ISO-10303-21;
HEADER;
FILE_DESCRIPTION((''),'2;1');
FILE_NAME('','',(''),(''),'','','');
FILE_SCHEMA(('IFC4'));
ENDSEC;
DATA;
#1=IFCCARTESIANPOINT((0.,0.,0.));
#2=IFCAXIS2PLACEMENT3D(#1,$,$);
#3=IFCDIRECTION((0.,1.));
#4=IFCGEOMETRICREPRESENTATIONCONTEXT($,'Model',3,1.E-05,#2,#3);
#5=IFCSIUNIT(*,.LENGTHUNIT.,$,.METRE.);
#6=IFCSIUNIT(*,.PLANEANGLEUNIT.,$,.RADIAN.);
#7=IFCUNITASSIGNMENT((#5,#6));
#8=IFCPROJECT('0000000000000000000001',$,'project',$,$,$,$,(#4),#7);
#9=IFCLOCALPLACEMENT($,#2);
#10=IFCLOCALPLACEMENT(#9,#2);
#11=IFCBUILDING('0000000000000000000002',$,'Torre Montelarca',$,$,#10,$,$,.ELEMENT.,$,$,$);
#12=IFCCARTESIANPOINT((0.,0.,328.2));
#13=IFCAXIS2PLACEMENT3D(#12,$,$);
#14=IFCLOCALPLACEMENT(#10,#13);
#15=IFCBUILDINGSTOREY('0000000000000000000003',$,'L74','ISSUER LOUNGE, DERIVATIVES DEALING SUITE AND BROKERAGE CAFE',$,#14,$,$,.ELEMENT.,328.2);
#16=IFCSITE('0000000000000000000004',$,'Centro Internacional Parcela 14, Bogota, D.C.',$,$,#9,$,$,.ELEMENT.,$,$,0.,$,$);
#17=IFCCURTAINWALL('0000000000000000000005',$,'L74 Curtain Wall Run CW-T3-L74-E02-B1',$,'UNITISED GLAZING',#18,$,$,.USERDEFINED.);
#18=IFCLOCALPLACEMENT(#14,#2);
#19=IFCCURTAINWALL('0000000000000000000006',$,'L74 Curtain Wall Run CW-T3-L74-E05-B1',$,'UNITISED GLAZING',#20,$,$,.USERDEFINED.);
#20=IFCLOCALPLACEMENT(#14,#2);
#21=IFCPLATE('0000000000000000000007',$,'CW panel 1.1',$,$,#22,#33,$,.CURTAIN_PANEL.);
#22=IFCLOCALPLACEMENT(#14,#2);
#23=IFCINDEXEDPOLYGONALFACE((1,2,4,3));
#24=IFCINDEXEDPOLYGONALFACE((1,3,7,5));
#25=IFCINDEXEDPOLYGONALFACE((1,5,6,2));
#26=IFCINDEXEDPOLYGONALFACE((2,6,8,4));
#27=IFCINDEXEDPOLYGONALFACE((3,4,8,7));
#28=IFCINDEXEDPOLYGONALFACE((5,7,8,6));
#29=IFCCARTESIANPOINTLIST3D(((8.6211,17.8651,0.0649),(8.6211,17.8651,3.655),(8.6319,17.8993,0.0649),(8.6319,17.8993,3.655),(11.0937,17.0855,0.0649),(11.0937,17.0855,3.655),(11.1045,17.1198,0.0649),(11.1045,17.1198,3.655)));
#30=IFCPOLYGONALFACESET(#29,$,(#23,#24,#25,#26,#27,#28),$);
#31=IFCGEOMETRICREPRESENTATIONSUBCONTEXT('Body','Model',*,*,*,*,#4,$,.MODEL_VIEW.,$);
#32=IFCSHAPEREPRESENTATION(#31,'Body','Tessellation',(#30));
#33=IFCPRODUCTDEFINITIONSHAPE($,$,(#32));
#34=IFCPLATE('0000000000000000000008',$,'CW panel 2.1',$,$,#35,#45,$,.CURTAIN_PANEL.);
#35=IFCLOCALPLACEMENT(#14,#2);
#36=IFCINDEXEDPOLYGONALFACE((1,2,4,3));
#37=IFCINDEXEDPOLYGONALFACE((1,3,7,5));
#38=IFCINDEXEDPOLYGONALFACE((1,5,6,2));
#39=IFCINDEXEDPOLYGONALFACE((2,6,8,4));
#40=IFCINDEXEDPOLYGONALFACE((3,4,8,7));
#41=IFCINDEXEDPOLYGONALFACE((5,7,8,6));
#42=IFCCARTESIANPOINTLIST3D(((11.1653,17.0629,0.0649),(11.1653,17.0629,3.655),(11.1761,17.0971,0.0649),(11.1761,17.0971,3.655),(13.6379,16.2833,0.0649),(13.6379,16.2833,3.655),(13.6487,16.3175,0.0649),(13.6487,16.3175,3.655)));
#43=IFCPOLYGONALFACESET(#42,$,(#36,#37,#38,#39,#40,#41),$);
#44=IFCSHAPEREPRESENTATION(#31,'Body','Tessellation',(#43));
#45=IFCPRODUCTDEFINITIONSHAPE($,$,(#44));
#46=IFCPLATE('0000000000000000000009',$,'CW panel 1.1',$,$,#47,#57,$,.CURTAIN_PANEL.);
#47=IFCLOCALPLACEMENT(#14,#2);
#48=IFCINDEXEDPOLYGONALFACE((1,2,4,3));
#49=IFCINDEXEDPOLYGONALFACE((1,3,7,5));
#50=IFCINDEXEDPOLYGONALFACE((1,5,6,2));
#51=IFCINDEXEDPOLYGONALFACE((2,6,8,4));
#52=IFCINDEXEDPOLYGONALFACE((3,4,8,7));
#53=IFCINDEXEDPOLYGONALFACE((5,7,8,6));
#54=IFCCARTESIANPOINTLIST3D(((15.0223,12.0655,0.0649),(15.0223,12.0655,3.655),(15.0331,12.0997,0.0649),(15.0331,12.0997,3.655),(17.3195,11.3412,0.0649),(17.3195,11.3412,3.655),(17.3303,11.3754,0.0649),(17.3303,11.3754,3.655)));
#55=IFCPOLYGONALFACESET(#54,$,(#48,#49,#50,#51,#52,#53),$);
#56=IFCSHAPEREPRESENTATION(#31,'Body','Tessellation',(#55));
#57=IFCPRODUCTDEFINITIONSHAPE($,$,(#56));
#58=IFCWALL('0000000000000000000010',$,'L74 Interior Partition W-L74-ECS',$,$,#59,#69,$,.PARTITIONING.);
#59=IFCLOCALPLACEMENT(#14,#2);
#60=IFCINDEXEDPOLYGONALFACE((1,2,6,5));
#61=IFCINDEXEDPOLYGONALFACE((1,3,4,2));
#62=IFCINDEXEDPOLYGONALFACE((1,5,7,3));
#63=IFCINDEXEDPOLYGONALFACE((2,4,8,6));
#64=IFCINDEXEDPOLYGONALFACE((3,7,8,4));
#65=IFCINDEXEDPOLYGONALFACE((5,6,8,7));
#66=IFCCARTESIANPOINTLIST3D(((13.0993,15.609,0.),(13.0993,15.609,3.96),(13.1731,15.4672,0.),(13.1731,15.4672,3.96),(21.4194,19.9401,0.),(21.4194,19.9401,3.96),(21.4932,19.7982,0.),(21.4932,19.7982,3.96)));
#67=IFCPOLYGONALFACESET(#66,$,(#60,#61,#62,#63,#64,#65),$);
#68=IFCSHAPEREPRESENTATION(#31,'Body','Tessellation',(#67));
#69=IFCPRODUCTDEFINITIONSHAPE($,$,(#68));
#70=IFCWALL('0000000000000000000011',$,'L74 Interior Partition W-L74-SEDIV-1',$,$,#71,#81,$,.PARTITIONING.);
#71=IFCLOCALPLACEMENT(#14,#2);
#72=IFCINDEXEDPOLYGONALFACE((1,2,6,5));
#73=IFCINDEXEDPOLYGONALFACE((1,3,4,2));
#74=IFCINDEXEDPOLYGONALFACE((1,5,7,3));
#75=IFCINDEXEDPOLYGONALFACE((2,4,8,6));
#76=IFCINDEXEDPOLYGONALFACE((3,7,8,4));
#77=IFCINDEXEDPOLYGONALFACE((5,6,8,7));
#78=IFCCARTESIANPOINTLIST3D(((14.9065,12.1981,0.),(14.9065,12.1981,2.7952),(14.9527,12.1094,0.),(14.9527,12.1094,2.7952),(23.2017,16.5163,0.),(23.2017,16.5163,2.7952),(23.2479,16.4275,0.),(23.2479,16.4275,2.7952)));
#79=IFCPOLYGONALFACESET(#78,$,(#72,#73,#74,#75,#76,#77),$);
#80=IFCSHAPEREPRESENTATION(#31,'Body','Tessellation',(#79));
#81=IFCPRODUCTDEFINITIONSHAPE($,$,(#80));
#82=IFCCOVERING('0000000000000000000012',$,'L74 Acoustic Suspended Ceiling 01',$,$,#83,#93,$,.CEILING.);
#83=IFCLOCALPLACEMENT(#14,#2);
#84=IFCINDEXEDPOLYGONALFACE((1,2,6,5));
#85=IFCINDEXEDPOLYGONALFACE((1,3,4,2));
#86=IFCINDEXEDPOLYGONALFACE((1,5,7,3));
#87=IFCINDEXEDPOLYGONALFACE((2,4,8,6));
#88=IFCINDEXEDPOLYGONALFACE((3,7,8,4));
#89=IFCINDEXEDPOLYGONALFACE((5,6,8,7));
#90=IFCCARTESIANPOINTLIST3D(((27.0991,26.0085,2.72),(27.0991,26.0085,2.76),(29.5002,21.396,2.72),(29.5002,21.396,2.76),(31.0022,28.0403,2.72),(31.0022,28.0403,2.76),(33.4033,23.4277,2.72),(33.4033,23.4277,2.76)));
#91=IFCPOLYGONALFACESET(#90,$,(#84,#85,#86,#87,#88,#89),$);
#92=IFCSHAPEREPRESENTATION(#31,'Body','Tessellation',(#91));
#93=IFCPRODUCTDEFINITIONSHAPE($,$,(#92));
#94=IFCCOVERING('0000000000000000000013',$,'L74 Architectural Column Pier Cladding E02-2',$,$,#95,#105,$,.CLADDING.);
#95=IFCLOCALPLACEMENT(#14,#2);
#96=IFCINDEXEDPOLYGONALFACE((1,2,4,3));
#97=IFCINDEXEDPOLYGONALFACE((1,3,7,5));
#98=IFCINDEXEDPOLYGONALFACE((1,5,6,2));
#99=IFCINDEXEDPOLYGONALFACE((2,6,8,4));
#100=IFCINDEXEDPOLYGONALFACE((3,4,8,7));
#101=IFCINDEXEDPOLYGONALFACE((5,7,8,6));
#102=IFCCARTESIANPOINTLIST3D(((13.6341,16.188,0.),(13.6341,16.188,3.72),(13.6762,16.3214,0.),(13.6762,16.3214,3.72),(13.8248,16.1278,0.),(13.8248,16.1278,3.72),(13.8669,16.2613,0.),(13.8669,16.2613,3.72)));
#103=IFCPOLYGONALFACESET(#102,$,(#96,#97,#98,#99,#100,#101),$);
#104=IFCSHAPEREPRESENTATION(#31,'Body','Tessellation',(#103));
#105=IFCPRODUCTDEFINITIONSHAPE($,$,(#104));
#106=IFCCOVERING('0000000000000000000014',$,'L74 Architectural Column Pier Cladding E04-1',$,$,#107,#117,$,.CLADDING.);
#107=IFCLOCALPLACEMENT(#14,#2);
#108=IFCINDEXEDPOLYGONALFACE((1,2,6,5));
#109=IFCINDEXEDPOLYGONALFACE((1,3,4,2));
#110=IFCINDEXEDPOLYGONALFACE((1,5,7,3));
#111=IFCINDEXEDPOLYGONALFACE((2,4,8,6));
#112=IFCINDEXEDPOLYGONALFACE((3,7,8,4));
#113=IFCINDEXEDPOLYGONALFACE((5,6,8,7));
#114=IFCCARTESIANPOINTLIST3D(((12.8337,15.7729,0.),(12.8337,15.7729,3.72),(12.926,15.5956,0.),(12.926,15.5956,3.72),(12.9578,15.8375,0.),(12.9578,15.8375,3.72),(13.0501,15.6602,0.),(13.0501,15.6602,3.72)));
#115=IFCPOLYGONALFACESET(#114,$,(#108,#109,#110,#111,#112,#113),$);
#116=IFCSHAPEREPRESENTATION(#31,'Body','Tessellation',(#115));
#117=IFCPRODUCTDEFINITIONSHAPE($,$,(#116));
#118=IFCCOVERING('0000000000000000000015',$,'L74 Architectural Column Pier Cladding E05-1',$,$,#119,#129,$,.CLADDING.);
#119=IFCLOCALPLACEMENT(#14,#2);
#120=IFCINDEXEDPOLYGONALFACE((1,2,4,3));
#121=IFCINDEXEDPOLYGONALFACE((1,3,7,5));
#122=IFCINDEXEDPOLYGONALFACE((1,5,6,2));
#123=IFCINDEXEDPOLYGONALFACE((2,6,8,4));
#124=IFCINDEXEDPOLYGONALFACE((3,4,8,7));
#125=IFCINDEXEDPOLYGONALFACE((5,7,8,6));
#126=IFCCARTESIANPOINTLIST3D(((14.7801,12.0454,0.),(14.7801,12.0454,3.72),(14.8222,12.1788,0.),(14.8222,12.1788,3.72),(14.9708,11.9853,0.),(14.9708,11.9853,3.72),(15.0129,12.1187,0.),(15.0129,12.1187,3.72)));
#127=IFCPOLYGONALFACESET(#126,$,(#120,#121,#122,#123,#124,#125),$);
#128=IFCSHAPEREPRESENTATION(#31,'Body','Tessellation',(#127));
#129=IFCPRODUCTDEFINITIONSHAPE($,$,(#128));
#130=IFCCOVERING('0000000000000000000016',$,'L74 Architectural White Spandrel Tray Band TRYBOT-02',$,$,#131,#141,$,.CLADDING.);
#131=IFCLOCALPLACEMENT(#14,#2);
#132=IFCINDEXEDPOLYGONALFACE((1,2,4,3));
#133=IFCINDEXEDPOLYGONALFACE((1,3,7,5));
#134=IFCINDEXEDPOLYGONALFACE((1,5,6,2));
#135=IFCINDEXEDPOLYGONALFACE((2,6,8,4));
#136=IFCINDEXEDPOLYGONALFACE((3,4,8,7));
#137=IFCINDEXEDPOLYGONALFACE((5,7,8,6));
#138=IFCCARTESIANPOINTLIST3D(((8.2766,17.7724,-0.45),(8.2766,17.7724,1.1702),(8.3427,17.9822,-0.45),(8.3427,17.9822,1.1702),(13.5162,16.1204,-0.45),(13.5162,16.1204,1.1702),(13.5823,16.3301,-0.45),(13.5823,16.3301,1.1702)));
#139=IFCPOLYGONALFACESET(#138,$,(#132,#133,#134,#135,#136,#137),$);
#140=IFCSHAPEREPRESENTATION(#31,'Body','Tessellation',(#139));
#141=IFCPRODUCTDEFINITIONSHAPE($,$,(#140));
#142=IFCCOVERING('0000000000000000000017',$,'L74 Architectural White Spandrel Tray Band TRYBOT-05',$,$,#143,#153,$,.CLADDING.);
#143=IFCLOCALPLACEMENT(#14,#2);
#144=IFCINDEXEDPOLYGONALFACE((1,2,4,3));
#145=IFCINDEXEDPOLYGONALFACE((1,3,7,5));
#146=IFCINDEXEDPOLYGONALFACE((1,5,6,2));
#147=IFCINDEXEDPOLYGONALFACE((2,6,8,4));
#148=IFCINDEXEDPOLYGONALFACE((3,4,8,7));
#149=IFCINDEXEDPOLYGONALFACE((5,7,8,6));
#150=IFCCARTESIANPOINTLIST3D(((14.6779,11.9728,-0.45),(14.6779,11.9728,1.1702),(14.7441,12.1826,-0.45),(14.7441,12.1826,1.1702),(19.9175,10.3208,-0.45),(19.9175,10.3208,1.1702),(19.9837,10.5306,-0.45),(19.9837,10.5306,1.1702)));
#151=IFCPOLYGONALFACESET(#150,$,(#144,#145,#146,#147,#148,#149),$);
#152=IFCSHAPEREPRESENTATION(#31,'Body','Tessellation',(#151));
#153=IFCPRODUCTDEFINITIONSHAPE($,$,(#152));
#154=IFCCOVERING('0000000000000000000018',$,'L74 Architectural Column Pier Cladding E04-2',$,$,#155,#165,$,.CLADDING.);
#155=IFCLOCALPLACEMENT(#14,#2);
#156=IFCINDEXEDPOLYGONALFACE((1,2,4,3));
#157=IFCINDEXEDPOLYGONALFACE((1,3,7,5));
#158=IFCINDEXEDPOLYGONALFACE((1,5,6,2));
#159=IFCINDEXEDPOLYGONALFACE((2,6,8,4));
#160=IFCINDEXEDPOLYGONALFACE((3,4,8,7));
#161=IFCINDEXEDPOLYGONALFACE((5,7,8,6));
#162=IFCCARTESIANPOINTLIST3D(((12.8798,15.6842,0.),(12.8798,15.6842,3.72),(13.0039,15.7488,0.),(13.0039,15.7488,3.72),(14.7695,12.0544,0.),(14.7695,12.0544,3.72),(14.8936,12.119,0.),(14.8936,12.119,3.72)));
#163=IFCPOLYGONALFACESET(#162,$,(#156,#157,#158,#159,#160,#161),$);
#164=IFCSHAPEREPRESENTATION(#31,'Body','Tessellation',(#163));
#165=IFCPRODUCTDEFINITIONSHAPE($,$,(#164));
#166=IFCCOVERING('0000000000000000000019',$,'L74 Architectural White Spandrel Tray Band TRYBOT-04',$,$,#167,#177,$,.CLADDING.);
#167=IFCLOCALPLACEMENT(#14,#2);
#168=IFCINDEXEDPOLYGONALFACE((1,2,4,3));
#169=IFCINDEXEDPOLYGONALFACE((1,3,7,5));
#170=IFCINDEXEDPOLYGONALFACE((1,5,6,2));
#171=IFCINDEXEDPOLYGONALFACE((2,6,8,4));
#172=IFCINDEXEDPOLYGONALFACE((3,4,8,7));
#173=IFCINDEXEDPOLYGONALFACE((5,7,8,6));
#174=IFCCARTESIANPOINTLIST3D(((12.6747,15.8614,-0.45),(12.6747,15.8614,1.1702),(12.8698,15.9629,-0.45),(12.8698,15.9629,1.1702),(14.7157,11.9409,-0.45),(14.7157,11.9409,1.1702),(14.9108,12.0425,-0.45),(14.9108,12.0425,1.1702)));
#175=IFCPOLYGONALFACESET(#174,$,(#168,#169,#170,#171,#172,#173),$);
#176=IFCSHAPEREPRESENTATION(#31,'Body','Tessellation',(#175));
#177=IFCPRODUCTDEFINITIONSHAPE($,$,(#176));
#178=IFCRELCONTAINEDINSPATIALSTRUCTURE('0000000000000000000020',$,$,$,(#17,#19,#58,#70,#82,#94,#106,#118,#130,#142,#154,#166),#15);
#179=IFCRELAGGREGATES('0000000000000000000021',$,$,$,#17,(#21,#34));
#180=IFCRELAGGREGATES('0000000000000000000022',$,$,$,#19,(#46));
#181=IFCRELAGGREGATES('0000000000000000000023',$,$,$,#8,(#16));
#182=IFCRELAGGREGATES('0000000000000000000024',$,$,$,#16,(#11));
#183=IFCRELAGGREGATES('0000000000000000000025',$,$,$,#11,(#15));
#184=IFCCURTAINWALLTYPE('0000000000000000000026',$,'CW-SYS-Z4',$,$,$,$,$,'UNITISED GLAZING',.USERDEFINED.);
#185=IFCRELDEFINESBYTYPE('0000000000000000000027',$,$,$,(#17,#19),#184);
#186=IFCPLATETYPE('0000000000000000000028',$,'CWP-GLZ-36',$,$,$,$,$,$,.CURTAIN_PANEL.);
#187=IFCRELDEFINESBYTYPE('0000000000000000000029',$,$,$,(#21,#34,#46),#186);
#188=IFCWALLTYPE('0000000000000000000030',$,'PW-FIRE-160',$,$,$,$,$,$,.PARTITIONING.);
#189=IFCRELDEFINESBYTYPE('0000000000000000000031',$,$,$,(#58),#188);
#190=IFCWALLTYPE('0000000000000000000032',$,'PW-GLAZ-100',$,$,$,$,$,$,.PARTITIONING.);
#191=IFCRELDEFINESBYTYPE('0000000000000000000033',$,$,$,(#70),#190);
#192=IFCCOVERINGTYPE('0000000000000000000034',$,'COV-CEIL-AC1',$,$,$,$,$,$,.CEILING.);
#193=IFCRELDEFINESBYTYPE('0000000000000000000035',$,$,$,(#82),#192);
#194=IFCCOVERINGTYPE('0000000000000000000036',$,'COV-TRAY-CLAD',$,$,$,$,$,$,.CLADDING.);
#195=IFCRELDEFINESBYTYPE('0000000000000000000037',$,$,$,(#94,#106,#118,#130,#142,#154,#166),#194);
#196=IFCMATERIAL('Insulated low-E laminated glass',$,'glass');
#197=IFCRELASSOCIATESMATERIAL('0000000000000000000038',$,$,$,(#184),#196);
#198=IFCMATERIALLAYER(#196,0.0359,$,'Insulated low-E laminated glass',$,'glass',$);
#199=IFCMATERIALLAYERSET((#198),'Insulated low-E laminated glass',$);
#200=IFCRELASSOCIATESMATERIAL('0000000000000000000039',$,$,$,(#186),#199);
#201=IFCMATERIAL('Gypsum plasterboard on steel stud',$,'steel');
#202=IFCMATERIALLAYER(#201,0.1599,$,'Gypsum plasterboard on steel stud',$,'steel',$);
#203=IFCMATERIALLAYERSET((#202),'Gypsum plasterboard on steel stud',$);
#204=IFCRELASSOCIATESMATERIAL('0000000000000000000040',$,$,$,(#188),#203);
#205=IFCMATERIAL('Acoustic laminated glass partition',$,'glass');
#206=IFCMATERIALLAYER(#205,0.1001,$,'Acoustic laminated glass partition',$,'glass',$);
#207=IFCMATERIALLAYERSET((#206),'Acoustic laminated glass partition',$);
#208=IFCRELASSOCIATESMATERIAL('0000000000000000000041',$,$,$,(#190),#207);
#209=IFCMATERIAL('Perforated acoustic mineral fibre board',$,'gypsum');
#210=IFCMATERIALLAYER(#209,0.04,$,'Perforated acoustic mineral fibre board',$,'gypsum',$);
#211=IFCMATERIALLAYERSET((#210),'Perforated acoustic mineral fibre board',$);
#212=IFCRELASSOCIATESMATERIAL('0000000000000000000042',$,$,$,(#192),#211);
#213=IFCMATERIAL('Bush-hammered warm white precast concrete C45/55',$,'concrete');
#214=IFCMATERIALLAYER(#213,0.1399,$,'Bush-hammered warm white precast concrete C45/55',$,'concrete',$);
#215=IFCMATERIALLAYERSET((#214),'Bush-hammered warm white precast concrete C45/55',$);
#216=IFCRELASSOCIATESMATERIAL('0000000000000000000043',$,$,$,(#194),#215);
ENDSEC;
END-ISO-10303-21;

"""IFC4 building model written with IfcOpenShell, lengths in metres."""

from ifc_helpers import new_model, si_unit, direction, frame, frame_2d, origin, origin_2d, place, context, subcontext, project, spatial, polyline, rectangle, outline, extrude, source, transform, mapped, material, layer, layer_set, type_object, element, aggregate, save


model = new_model("IFC4")

# Units and contexts
model_context = context("Model", 3, precision=1e-05, world=origin(), true_north=direction((0.0, 1.0)))
body_context = subcontext(model_context, "Body", "Model", "MODEL_VIEW")
ifc_project = project(units=[si_unit("LENGTHUNIT", "METRE"), si_unit("PLANEANGLEUNIT", "RADIAN")], contexts=[model_context])

# Site, building, storey
site_placement = place(None, origin())
site = spatial("IfcSite", under=ifc_project, at=site_placement, Name="Centro Internacional Parcela 14, Bogota, D.C.", CompositionType="ELEMENT", RefElevation=0.0)
building_placement = place(site_placement, origin())
building = spatial("IfcBuilding", under=site, at=building_placement, Name="Torre Montelarca", CompositionType="ELEMENT")
storey_placement = place(building_placement, frame((0.0, 0.0, 328.2)))
storey = spatial("IfcBuildingStorey", under=building, at=storey_placement, Name="L74", Description="ISSUER LOUNGE, DERIVATIVES DEALING SUITE AND BROKERAGE CAFE", CompositionType="ELEMENT", Elevation=328.2)

# Curtain walls
ifc_material_1 = material(Name="Insulated low-E laminated glass", Category="glass")
curtain_wall_type = type_object("IfcCurtainWallType", Name="CW-SYS-Z4", ElementType="UNITISED GLAZING", PredefinedType="USERDEFINED", material=ifc_material_1)
curtain_wall_1_placement = place(storey_placement, origin())
curtain_wall_1 = element("IfcCurtainWall", 1, at=curtain_wall_1_placement, inside=storey, type_object=curtain_wall_type, Name="L74 Curtain Wall Run CW-T3-L74-E02-B1", ObjectType="UNITISED GLAZING", PredefinedType="USERDEFINED")
curtain_wall_2_placement = place(storey_placement, origin())
curtain_wall_2 = element("IfcCurtainWall", 2, at=curtain_wall_2_placement, inside=storey, type_object=curtain_wall_type, Name="L74 Curtain Wall Run CW-T3-L74-E05-B1", ObjectType="UNITISED GLAZING", PredefinedType="USERDEFINED")

# Plates
ifc_layer_1 = layer(ifc_material_1, 0.0359, Name="Insulated low-E laminated glass", Category="glass")
ifc_layer_set_1 = layer_set([ifc_layer_1], Name="Insulated low-E laminated glass")
plate_type = type_object("IfcPlateType", Name="CWP-GLZ-36", PredefinedType="CURTAIN_PANEL", material=ifc_layer_set_1)
shared_shape_1 = source(origin(), body_context, "Body", "SweptSolid", [
    extrude(rectangle(XDim=2.5925, YDim=0.0359, at=origin_2d()), origin(), (0.0, 0.0, 1.0), 3.5901),
])
plate_1_placement = place(storey_placement, frame((9.8628, 17.4924, 0.0649), z_axis=(0.0, 0.0, 1.0), x_axis=(0.953719, -0.300698, 0.0)))
plate_1 = element("IfcPlate", 3, at=plate_1_placement, type_object=plate_type, Name="CW panel 1.1", PredefinedType="CURTAIN_PANEL", context=body_context, shape_type="MappedRepresentation", body=[
    mapped(shared_shape_1, transform((0.0, 0.0, 0.0), scale=1.0)),
])
plate_2_placement = place(storey_placement, frame((12.407, 16.6902, 0.0649), z_axis=(0.0, 0.0, 1.0), x_axis=(0.953719, -0.300698, 0.0)))
plate_2 = element("IfcPlate", 4, at=plate_2_placement, type_object=plate_type, Name="CW panel 2.1", PredefinedType="CURTAIN_PANEL", context=body_context, shape_type="MappedRepresentation", body=[
    mapped(shared_shape_1, transform((0.0, 0.0, 0.0), scale=1.0)),
])
aggregate(curtain_wall_1, [plate_1, plate_2])
shared_shape_2 = source(origin(), body_context, "Body", "SweptSolid", [
    extrude(rectangle(XDim=2.4087, YDim=0.0359, at=origin_2d()), origin(), (0.0, 0.0, 1.0), 3.5901),
])
plate_3_placement = place(storey_placement, frame((16.1763, 11.7205, 0.0649), z_axis=(0.0, 0.0, 1.0), x_axis=(0.953721, -0.300693, 0.0)))
plate_3 = element("IfcPlate", 5, at=plate_3_placement, type_object=plate_type, Name="CW panel 1.1", PredefinedType="CURTAIN_PANEL", context=body_context, shape_type="MappedRepresentation", body=[
    mapped(shared_shape_2, transform((0.0, 0.0, 0.0), scale=1.0)),
])
aggregate(curtain_wall_2, [plate_3])

# Walls
ifc_material_2 = material(Name="Gypsum plasterboard on steel stud", Category="steel")
ifc_layer_2 = layer(ifc_material_2, 0.1599, Name="Gypsum plasterboard on steel stud", Category="steel")
ifc_layer_set_2 = layer_set([ifc_layer_2], Name="Gypsum plasterboard on steel stud")
wall_type_1 = type_object("IfcWallType", Name="PW-FIRE-160", PredefinedType="PARTITIONING", material=ifc_layer_set_2)
wall_1_placement = place(storey_placement, frame((13.1362, 15.5381, 0.0), z_axis=(0.0, 0.0, 1.0), x_axis=(0.887015, 0.46174, 0.0)))
element("IfcWall", 6, at=wall_1_placement, inside=storey, type_object=wall_type_1, Name="L74 Interior Partition W-L74-ECS", PredefinedType="PARTITIONING", context=body_context, shape_type="SweptSolid", body=[
    extrude(rectangle(XDim=9.3799, YDim=0.1599, at=frame_2d((4.6899, 0.0))), origin(), (0.0, 0.0, 1.0), 3.96),
])
ifc_material_3 = material(Name="Acoustic laminated glass partition", Category="glass")
ifc_layer_3 = layer(ifc_material_3, 0.1001, Name="Acoustic laminated glass partition", Category="glass")
ifc_layer_set_3 = layer_set([ifc_layer_3], Name="Acoustic laminated glass partition")
wall_type_2 = type_object("IfcWallType", Name="PW-GLAZ-100", PredefinedType="PARTITIONING", material=ifc_layer_set_3)
wall_2_placement = place(storey_placement, frame((14.9297, 12.1538, 0.0), z_axis=(0.0, 0.0, 1.0), x_axis=(0.887014, 0.461742, 0.0)))
element("IfcWall", 7, at=wall_2_placement, inside=storey, type_object=wall_type_2, Name="L74 Interior Partition W-L74-SEDIV-1", PredefinedType="PARTITIONING", context=body_context, shape_type="SweptSolid", body=[
    extrude(rectangle(XDim=9.3518, YDim=0.1001, at=frame_2d((4.6758, 0.0))), origin(), (0.0, 0.0, 1.0), 2.7952),
])

# Coverings
ifc_material_4 = material(Name="Perforated acoustic mineral fibre board", Category="gypsum")
ifc_layer_4 = layer(ifc_material_4, 0.04, Name="Perforated acoustic mineral fibre board", Category="gypsum")
ifc_layer_set_4 = layer_set([ifc_layer_4], Name="Perforated acoustic mineral fibre board")
covering_type_1 = type_object("IfcCoveringType", Name="COV-CEIL-AC1", PredefinedType="CEILING", material=ifc_layer_set_4)
covering_1_placement = place(storey_placement, frame((0.0, 0.0, 2.72)))
element("IfcCovering", 8, at=covering_1_placement, inside=storey, type_object=covering_type_1, Name="L74 Acoustic Suspended Ceiling 01", PredefinedType="CEILING", context=body_context, shape_type="SweptSolid", body=[
    extrude(outline(polyline([(27.0991, 26.0085), (29.5002, 21.396), (33.4033, 23.4277), (31.0022, 28.0403), (27.0991, 26.0085)])), origin(), (0.0, 0.0, 1.0), 0.04),
])
ifc_material_5 = material(Name="Bush-hammered warm white precast concrete C45/55", Category="concrete")
ifc_layer_5 = layer(ifc_material_5, 0.1399, Name="Bush-hammered warm white precast concrete C45/55", Category="concrete")
ifc_layer_set_5 = layer_set([ifc_layer_5], Name="Bush-hammered warm white precast concrete C45/55")
covering_type_2 = type_object("IfcCoveringType", Name="COV-TRAY-CLAD", PredefinedType="CLADDING", material=ifc_layer_set_5)
shared_shape_3 = source(origin(), body_context, "Body", "SweptSolid", [
    extrude(rectangle(XDim=0.2, YDim=0.1399, at=origin_2d()), origin(), (0.0, 0.0, 1.0), 3.72),
])
for number, where, z_axis, x_axis, name in (
    (9, (13.7505, 16.2246, 0.0), (0.0, 0.0, 1.0), (0.953717, -0.300704, 0.0), "L74 Architectural Column Pier Cladding E02-2"),
    (10, (12.9419, 15.7166, 0.0), (0.0, 0.0, 1.0), (0.461776, -0.886996, 0.0), "L74 Architectural Column Pier Cladding E04-1"),
    (11, (14.8965, 12.082, 0.0), (0.0, 0.0, 1.0), (0.953719, -0.300701, 0.0), "L74 Architectural Column Pier Cladding E05-1"),
):
    element("IfcCovering", number, at=place(storey_placement, frame(where, z_axis=z_axis, x_axis=x_axis)), inside=storey, type_object=covering_type_2, Name=name, PredefinedType="CLADDING", context=body_context, shape_type="MappedRepresentation", body=[
        mapped(shared_shape_3, transform((0.0, 0.0, 0.0), scale=1.0)),
    ])
shared_shape_4 = source(origin(), body_context, "Body", "SweptSolid", [
    extrude(rectangle(XDim=5.4939, YDim=0.22, at=origin_2d()), origin(), (0.0, 0.0, 1.0), 1.6201),
])
for number, where, z_axis, x_axis, name in (
    (12, (10.9294, 17.0513, -0.45), (0.0, 0.0, 1.0), (0.953717, -0.300706, 0.0), "L74 Architectural White Spandrel Tray Band TRYBOT-02"),
    (13, (17.3308, 11.2517, -0.45), (0.0, 0.0, 1.0), (0.953717, -0.300706, 0.0), "L74 Architectural White Spandrel Tray Band TRYBOT-05"),
):
    element("IfcCovering", number, at=place(storey_placement, frame(where, z_axis=z_axis, x_axis=x_axis)), inside=storey, type_object=covering_type_2, Name=name, PredefinedType="CLADDING", context=body_context, shape_type="MappedRepresentation", body=[
        mapped(shared_shape_4, transform((0.0, 0.0, 0.0), scale=1.0)),
    ])
shared_shape_5 = source(origin(), body_context, "Body", "SweptSolid", [
    extrude(rectangle(XDim=4.0923, YDim=0.1399, at=origin_2d()), origin(), (0.0, 0.0, 1.0), 3.72),
])
covering_2_placement = place(storey_placement, frame((13.8867, 13.9016, 0.0), z_axis=(0.0, 0.0, 1.0), x_axis=(0.461776, -0.886996, 0.0)))
element("IfcCovering", 14, at=covering_2_placement, inside=storey, type_object=covering_type_2, Name="L74 Architectural Column Pier Cladding E04-2", PredefinedType="CLADDING", context=body_context, shape_type="MappedRepresentation", body=[
    mapped(shared_shape_5, transform((0.0, 0.0, 0.0), scale=1.0)),
])
shared_shape_6 = source(origin(), body_context, "Body", "SweptSolid", [
    extrude(rectangle(XDim=4.4199, YDim=0.22, at=origin_2d()), origin(), (0.0, 0.0, 1.0), 1.6201),
])
covering_3_placement = place(storey_placement, frame((13.7927, 13.9519, -0.45), z_axis=(0.0, 0.0, 1.0), x_axis=(0.461767, -0.887001, 0.0)))
element("IfcCovering", 15, at=covering_3_placement, inside=storey, type_object=covering_type_2, Name="L74 Architectural White Spandrel Tray Band TRYBOT-04", PredefinedType="CLADDING", context=body_context, shape_type="MappedRepresentation", body=[
    mapped(shared_shape_6, transform((0.0, 0.0, 0.0), scale=1.0)),
])

save(model, "model.ifc")
